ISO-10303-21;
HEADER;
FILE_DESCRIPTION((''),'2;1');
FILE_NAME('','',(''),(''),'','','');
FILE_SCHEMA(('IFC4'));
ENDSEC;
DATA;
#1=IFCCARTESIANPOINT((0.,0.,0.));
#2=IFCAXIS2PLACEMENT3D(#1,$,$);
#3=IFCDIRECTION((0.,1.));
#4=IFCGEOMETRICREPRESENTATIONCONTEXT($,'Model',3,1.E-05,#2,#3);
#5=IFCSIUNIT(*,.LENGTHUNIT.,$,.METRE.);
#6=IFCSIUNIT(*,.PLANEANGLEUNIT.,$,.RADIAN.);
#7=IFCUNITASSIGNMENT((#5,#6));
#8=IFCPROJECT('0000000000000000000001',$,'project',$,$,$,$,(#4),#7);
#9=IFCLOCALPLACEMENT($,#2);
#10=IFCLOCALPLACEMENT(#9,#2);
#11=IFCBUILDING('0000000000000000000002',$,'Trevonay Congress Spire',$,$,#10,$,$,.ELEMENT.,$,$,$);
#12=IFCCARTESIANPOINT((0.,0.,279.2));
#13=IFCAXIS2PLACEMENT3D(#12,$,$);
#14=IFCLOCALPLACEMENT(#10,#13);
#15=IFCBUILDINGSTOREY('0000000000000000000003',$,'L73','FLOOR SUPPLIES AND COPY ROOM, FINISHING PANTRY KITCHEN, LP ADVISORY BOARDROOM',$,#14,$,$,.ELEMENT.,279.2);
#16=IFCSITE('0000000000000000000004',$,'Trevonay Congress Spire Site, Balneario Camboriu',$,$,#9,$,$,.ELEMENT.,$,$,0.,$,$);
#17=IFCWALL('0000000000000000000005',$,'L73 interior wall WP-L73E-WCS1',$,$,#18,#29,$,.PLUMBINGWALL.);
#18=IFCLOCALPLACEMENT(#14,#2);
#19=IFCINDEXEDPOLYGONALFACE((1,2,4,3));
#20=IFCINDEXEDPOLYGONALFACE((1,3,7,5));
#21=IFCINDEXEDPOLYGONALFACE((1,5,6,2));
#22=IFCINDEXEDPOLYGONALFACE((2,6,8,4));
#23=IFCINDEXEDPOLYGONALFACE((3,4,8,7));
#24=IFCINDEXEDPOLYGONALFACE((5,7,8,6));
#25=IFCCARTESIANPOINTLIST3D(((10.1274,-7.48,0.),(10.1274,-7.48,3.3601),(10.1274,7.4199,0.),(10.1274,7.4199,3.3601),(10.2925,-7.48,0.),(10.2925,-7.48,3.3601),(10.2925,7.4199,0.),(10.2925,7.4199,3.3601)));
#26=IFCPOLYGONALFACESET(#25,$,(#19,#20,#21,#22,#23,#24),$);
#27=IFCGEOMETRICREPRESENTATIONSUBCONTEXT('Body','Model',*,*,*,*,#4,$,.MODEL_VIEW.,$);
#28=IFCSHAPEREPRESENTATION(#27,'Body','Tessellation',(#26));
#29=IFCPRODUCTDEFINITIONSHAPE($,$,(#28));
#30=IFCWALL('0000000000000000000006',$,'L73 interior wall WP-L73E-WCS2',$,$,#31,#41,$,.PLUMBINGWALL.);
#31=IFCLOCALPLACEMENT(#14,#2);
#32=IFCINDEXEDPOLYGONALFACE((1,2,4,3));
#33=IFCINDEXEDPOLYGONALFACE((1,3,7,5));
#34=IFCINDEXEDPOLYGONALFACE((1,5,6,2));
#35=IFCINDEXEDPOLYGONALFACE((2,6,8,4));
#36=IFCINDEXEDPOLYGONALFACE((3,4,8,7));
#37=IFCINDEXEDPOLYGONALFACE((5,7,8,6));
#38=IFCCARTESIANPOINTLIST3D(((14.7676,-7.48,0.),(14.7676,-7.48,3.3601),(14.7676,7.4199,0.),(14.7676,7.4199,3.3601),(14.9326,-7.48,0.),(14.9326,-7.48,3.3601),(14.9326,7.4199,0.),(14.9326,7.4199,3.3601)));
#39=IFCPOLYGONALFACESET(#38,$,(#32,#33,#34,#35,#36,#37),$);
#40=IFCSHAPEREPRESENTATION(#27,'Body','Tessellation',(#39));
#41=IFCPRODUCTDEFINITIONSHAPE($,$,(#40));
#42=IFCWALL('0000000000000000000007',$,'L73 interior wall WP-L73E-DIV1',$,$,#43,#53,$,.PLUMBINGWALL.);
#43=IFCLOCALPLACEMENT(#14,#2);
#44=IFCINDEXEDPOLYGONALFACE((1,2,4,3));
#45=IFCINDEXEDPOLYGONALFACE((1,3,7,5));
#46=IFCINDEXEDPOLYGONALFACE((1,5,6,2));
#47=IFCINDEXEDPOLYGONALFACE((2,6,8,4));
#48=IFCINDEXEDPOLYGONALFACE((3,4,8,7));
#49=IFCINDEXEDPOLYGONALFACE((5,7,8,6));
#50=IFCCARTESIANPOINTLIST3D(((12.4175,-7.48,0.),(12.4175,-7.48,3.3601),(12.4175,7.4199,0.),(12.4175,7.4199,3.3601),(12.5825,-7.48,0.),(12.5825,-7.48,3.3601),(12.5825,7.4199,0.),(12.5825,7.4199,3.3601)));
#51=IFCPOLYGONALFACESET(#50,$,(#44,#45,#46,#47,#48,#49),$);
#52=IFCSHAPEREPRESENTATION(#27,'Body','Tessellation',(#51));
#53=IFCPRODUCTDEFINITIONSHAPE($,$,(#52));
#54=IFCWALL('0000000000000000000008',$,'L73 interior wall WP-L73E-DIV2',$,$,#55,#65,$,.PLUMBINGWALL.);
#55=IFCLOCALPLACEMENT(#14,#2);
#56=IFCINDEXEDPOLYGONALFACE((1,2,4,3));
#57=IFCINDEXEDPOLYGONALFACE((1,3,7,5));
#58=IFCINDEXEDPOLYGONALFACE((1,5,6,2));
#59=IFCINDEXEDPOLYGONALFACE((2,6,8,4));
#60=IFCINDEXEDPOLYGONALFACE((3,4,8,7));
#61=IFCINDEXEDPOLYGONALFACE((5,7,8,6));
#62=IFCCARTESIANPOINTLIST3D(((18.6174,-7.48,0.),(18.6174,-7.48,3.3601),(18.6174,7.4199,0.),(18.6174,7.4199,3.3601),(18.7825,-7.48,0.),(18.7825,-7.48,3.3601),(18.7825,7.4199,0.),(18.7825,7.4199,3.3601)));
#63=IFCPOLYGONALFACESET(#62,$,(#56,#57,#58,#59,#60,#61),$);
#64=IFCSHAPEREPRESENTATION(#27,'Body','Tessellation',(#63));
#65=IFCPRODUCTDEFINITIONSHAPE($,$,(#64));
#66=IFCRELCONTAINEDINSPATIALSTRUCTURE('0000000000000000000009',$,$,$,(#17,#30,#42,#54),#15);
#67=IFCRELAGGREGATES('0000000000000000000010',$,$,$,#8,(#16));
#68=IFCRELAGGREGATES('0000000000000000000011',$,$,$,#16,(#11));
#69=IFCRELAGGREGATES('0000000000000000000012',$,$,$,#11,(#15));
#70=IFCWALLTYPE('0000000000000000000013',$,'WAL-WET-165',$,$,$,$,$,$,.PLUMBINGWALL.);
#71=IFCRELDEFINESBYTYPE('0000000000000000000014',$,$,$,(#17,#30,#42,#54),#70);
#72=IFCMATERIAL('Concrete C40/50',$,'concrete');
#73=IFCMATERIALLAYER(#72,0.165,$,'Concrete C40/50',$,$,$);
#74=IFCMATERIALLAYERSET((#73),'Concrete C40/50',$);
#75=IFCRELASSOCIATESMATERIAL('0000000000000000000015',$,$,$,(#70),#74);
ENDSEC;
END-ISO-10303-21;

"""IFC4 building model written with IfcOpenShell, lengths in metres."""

from ifc_helpers import new_model, si_unit, direction, frame, frame_2d, origin, place, context, subcontext, project, spatial, rectangle, extrude, material, layer, layer_set, type_object, element, save


model = new_model("IFC4")

# Units and contexts
model_context = context("Model", 3, precision=1e-05, world=origin(), true_north=direction((0.0, 1.0)))
body_context = subcontext(model_context, "Body", "Model", "MODEL_VIEW")
ifc_project = project(units=[si_unit("LENGTHUNIT", "METRE"), si_unit("PLANEANGLEUNIT", "RADIAN")], contexts=[model_context])

# Site, building, storey
site_placement = place(None, origin())
site = spatial("IfcSite", under=ifc_project, at=site_placement, Name="Trevonay Congress Spire Site, Balneario Camboriu", CompositionType="ELEMENT", RefElevation=0.0)
building_placement = place(site_placement, origin())
building = spatial("IfcBuilding", under=site, at=building_placement, Name="Trevonay Congress Spire", CompositionType="ELEMENT")
storey_placement = place(building_placement, frame((0.0, 0.0, 279.2)))
storey = spatial("IfcBuildingStorey", under=building, at=storey_placement, Name="L73", Description="FLOOR SUPPLIES AND COPY ROOM, FINISHING PANTRY KITCHEN, LP ADVISORY BOARDROOM", CompositionType="ELEMENT", Elevation=279.2)

# Shared definitions
ifc_material_1 = material(Name="Concrete C40/50", Category="concrete")

# Walls
ifc_layer_1 = layer(ifc_material_1, 0.165, Name="Concrete C40/50")
ifc_layer_set_1 = layer_set([ifc_layer_1], Name="Concrete C40/50")
wall_type_1 = type_object("IfcWallType", Name="WAL-WET-165", PredefinedType="PLUMBINGWALL", material=ifc_layer_set_1)
for number, where, z_axis, x_axis, name in (
    (1, (10.21, -7.48, 0.0), (0.0, 0.0, 1.0), (0.0, 1.0, 0.0), "L73 interior wall WP-L73E-WCS1"),
    (2, (14.8501, -7.48, 0.0), (0.0, 0.0, 1.0), (0.0, 1.0, 0.0), "L73 interior wall WP-L73E-WCS2"),
    (3, (12.5, -7.48, 0.0), (0.0, 0.0, 1.0), (0.0, 1.0, 0.0), "L73 interior wall WP-L73E-DIV1"),
    (4, (18.7, -7.48, 0.0), (0.0, 0.0, 1.0), (0.0, 1.0, 0.0), "L73 interior wall WP-L73E-DIV2"),
):
    element("IfcWall", number, at=place(storey_placement, frame(where, z_axis=z_axis, x_axis=x_axis)), inside=storey, type_object=wall_type_1, Name=name, PredefinedType="PLUMBINGWALL", context=body_context, shape_type="SweptSolid", body=[
        extrude(rectangle(XDim=14.8999, YDim=0.165, at=frame_2d((7.45, 0.0))), origin(), (0.0, 0.0, 1.0), 3.3601),
    ])

save(model, "model.ifc")
